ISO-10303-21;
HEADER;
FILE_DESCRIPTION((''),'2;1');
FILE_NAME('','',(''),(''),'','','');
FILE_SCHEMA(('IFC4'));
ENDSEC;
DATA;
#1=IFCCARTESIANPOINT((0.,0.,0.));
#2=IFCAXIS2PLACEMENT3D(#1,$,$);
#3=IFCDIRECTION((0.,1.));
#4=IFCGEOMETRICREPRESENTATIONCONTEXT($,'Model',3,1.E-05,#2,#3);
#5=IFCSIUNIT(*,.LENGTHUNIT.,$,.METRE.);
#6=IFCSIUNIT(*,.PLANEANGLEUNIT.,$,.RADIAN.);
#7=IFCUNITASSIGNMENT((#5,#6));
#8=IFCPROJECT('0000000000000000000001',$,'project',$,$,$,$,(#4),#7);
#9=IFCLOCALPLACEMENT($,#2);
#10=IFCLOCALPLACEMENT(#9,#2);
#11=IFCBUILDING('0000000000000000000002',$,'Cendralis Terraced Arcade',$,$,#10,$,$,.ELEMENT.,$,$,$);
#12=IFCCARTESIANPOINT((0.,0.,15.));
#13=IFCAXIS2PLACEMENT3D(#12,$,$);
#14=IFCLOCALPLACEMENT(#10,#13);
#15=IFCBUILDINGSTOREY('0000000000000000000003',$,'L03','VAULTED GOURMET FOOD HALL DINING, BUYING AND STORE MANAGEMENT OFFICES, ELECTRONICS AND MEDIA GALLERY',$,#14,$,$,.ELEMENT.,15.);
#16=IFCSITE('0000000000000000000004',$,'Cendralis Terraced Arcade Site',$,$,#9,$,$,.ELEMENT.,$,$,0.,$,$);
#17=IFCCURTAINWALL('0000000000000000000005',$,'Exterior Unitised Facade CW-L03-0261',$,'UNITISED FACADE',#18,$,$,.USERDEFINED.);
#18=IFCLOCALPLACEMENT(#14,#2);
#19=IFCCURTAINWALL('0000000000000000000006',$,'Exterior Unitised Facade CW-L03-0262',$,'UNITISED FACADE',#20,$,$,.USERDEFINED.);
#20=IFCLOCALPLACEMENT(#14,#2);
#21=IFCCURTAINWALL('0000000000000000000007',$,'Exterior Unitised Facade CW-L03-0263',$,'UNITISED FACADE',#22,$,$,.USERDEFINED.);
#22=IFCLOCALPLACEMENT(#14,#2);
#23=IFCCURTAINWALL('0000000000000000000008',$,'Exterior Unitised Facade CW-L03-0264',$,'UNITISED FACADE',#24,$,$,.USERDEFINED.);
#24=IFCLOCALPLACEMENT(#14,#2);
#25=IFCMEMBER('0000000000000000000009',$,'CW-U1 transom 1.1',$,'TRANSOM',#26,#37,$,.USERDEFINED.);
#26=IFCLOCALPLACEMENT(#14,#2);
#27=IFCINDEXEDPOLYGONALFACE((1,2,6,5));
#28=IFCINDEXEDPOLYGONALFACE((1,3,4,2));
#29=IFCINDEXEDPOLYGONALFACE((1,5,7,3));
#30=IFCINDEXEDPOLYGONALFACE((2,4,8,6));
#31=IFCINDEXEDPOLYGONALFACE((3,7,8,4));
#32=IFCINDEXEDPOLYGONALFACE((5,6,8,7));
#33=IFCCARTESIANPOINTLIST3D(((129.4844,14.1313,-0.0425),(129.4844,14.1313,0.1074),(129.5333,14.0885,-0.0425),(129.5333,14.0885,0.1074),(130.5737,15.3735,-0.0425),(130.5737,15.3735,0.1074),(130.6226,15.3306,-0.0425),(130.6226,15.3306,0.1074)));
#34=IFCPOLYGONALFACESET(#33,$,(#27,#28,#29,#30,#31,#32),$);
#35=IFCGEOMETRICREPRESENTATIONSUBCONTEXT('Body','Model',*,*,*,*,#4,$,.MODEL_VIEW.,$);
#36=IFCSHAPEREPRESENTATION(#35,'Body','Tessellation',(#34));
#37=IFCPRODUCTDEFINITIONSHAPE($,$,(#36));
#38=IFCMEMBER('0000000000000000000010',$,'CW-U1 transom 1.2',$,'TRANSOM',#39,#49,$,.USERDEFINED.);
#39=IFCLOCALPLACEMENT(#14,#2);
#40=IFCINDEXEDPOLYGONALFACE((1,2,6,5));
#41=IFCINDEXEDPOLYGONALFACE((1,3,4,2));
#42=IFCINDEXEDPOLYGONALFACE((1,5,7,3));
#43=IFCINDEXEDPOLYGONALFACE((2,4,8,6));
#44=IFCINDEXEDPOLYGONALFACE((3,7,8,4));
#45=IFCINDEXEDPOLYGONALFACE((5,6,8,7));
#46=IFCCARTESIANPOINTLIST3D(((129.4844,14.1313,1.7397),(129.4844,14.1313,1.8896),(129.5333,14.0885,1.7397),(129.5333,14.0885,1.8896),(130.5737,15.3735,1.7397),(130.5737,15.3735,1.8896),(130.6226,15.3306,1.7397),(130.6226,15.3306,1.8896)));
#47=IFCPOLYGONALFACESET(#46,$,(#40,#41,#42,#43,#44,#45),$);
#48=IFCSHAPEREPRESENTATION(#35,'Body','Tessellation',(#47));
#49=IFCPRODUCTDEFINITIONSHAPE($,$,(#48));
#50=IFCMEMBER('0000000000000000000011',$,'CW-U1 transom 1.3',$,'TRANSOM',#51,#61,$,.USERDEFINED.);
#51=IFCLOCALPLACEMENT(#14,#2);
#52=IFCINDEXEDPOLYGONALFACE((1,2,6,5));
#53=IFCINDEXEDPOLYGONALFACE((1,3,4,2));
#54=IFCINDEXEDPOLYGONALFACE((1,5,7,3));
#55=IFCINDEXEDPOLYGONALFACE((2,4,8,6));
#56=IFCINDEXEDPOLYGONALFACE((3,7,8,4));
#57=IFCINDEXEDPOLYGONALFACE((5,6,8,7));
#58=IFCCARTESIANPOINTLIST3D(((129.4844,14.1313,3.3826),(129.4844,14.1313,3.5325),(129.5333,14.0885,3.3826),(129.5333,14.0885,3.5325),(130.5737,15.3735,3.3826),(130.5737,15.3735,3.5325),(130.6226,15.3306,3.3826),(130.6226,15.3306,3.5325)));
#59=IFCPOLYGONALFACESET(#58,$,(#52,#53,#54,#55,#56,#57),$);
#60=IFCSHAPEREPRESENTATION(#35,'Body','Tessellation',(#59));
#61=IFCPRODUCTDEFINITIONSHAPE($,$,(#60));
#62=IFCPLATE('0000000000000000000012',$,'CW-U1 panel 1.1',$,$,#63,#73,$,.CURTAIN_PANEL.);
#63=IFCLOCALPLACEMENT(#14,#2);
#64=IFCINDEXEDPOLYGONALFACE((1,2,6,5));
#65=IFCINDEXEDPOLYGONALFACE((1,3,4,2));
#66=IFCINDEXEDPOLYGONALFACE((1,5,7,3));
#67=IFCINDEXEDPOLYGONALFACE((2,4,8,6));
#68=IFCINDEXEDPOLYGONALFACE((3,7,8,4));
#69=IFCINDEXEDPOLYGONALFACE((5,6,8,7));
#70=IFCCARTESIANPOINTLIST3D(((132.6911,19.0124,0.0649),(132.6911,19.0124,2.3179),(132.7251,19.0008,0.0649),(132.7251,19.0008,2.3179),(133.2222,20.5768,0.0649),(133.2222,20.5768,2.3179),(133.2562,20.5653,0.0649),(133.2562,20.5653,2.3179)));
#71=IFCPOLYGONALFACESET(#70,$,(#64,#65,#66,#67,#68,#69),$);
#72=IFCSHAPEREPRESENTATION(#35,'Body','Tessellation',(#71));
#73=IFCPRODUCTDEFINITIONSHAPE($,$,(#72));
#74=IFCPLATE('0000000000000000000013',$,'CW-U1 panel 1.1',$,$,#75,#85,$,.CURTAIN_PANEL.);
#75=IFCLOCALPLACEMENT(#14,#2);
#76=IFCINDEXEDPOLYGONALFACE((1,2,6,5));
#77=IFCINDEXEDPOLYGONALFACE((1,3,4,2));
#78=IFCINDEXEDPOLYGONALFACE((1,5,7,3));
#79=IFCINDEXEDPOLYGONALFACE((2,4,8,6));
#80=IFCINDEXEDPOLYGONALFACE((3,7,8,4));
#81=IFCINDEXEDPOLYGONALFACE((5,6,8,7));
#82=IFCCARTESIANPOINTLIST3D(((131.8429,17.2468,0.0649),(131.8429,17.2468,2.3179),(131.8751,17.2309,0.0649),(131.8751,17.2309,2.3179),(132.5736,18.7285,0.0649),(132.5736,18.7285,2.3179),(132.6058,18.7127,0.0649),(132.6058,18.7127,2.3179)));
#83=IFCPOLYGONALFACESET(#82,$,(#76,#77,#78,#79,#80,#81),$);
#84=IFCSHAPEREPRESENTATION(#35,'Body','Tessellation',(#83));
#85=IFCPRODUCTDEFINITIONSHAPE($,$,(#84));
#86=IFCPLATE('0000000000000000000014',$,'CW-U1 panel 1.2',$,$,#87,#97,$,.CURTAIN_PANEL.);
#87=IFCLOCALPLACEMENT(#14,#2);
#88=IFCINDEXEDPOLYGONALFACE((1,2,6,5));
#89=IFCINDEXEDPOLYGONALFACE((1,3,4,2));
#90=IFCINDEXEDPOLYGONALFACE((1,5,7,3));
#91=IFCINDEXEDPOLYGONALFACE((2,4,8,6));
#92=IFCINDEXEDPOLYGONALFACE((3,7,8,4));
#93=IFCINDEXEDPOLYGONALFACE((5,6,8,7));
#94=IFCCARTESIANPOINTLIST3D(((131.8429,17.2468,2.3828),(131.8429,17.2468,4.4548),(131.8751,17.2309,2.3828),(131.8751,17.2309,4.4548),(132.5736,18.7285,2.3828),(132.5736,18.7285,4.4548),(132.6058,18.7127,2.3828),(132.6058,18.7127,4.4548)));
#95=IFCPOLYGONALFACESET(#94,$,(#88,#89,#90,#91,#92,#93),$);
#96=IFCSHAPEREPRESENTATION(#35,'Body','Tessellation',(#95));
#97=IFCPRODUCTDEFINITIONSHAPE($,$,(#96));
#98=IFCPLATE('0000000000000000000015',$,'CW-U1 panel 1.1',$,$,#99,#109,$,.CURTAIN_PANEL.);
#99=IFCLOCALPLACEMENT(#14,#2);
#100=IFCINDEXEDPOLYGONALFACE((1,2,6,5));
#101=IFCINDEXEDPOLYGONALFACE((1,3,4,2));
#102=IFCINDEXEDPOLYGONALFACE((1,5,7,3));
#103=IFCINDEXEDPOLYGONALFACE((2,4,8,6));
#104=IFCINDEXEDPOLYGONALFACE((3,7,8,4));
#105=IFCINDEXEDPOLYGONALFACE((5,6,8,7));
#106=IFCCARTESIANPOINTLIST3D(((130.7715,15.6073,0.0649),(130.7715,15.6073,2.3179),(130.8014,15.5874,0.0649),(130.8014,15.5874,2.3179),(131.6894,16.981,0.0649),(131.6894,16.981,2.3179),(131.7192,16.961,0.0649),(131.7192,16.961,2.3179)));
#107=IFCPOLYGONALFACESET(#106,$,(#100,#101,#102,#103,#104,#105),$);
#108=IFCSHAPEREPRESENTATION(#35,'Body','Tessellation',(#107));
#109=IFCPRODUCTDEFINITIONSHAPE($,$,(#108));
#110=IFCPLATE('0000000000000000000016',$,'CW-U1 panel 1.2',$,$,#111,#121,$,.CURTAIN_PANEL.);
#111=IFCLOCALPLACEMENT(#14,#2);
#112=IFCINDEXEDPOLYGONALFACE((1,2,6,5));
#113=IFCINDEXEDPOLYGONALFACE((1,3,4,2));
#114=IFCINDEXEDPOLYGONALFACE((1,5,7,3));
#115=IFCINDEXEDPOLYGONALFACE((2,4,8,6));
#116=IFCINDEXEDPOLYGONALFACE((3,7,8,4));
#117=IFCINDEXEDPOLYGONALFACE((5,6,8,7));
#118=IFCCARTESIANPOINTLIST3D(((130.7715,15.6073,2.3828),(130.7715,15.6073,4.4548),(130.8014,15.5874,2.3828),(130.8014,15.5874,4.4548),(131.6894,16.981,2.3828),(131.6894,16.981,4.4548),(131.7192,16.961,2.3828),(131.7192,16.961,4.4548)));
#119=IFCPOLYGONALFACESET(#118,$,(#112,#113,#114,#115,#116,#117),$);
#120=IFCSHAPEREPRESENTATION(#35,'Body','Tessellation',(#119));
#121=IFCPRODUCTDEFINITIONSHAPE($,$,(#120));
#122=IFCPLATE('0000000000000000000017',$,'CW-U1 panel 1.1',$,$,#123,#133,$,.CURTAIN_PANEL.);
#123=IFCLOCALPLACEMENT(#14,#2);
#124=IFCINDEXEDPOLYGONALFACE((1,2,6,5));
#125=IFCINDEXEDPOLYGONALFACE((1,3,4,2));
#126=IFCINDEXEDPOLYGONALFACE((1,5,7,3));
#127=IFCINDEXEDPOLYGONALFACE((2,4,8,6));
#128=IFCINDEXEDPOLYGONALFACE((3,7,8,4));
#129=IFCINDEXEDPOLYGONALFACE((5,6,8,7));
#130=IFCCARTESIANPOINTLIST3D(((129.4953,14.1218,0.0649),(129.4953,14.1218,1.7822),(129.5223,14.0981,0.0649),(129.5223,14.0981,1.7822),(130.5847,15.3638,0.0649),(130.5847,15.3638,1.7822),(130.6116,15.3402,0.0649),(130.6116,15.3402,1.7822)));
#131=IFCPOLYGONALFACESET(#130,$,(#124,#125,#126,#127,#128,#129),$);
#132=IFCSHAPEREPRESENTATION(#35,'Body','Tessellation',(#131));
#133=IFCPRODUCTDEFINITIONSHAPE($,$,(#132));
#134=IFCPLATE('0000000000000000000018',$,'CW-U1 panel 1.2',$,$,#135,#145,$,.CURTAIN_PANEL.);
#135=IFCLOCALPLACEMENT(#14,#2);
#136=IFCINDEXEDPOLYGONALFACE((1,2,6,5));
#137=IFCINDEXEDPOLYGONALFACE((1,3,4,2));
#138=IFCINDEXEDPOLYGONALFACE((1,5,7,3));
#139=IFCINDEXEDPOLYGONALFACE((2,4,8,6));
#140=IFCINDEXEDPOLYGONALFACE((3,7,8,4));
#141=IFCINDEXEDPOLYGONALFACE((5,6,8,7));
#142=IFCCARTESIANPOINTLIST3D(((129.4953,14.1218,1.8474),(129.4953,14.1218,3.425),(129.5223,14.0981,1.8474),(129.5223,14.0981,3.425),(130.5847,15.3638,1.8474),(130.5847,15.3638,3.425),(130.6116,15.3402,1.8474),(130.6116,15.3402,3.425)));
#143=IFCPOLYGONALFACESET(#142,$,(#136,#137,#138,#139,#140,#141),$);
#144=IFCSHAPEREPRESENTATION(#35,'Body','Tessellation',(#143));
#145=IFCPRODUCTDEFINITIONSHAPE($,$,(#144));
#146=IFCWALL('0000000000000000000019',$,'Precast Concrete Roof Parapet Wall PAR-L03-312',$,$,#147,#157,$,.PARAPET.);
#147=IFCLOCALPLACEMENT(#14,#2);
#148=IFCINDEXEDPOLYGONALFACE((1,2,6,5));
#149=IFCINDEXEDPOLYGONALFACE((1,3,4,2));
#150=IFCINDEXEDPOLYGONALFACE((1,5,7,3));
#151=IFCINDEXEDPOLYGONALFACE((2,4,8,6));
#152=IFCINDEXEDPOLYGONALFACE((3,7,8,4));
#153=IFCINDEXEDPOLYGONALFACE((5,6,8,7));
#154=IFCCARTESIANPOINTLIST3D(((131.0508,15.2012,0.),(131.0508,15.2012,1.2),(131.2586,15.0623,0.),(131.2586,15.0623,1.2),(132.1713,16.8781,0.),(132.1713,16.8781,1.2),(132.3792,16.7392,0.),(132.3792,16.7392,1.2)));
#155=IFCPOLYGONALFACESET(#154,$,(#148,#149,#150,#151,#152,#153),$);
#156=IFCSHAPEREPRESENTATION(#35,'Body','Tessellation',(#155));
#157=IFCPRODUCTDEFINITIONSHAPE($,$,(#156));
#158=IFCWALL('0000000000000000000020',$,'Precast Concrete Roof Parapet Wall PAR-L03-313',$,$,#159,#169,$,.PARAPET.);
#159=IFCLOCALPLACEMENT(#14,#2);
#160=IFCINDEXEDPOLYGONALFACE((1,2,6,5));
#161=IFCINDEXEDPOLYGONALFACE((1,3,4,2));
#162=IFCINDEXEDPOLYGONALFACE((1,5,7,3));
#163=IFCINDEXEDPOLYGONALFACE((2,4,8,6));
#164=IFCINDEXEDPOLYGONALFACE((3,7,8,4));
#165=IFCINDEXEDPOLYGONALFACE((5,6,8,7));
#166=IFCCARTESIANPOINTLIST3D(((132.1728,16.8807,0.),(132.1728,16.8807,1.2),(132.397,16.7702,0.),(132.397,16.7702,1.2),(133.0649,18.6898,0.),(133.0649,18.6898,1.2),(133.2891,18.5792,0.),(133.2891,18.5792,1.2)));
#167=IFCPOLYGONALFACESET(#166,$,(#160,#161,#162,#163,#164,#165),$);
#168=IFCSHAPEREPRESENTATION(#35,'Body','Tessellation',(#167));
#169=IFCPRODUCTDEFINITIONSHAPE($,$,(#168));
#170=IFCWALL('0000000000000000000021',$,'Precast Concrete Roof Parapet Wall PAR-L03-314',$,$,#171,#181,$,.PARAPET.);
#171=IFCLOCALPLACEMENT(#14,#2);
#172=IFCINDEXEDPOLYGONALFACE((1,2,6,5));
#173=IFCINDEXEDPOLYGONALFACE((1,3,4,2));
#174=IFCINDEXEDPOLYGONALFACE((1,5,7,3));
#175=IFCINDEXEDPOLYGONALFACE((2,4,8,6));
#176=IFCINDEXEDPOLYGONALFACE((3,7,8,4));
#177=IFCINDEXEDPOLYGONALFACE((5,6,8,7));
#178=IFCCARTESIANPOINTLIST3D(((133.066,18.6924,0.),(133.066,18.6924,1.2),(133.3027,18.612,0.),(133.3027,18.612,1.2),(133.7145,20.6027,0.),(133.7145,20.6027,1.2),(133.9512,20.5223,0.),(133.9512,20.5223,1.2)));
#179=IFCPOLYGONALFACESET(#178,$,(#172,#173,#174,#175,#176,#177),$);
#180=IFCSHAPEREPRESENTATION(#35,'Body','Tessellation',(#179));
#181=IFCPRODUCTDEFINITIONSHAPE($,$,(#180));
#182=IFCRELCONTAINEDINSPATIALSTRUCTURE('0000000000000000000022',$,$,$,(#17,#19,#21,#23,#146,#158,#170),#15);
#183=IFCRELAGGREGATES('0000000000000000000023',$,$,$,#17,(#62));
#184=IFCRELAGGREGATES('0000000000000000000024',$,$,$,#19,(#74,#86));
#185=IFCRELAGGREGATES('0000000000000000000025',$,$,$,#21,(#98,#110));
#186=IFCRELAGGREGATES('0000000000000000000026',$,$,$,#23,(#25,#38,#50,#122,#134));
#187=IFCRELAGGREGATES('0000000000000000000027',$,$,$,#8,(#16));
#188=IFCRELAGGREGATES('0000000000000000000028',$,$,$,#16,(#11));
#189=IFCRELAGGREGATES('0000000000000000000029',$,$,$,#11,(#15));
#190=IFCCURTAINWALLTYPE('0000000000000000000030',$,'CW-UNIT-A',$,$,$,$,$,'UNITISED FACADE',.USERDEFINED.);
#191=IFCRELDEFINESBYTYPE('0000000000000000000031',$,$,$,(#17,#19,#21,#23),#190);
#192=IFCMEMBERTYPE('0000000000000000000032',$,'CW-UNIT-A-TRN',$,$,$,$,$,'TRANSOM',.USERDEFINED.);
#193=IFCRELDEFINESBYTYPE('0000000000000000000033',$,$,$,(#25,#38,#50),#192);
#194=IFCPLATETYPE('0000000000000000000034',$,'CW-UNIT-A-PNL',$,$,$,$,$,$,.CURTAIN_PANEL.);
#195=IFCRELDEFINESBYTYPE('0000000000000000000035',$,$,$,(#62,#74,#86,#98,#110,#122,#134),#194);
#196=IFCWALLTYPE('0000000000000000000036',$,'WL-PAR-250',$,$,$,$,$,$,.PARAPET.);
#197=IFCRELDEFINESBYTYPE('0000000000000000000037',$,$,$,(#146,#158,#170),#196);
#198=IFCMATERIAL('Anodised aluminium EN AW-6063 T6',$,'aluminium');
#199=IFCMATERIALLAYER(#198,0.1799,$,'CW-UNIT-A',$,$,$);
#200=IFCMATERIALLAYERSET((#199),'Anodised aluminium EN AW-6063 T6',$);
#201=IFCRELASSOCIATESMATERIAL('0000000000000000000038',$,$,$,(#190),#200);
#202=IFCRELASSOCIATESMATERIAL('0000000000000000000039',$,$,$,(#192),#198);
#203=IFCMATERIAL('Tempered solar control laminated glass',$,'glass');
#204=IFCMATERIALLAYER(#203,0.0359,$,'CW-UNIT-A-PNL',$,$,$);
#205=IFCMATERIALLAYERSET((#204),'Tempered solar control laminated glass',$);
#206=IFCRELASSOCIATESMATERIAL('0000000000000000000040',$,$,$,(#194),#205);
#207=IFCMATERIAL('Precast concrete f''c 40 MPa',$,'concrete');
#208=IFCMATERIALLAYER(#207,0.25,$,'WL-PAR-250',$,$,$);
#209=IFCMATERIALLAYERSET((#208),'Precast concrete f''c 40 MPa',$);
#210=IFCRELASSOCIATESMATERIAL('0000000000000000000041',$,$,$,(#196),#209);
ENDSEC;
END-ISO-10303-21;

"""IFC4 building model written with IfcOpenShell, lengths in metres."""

from ifc_helpers import new_model, si_unit, direction, frame, frame_2d, origin, origin_2d, place, context, subcontext, project, spatial, rectangle, extrude, material, layer, layer_set, material_profile, profile_set, type_object, element, aggregate, save


model = new_model("IFC4")

# Units and contexts
model_context = context("Model", 3, precision=1e-05, world=origin(), true_north=direction((0.0, 1.0)))
body_context = subcontext(model_context, "Body", "Model", "MODEL_VIEW")
ifc_project = project(units=[si_unit("LENGTHUNIT", "METRE"), si_unit("PLANEANGLEUNIT", "RADIAN")], contexts=[model_context])

# Site, building, storey
site_placement = place(None, origin())
site = spatial("IfcSite", under=ifc_project, at=site_placement, Name="Cendralis Terraced Arcade Site", CompositionType="ELEMENT", RefElevation=0.0)
building_placement = place(site_placement, origin())
building = spatial("IfcBuilding", under=site, at=building_placement, Name="Cendralis Terraced Arcade", CompositionType="ELEMENT")
storey_placement = place(building_placement, frame((0.0, 0.0, 15.0)))
storey = spatial("IfcBuildingStorey", under=building, at=storey_placement, Name="L03", Description="VAULTED GOURMET FOOD HALL DINING, BUYING AND STORE MANAGEMENT OFFICES, ELECTRONICS AND MEDIA GALLERY", CompositionType="ELEMENT", Elevation=15.0)

# Curtain wall
ifc_material_1 = material(Name="Anodised aluminium EN AW-6063 T6", Category="aluminium")
ifc_layer_1 = layer(ifc_material_1, 0.1799, Name="CW-UNIT-A")
ifc_layer_set_1 = layer_set([ifc_layer_1], Name="Anodised aluminium EN AW-6063 T6")
curtain_wall_type = type_object("IfcCurtainWallType", Name="CW-UNIT-A", ElementType="UNITISED FACADE", PredefinedType="USERDEFINED", material=ifc_layer_set_1)
curtain_wall_1_placement = place(storey_placement, origin())
curtain_wall_1 = element("IfcCurtainWall", 1, at=curtain_wall_1_placement, inside=storey, type_object=curtain_wall_type, Name="Exterior Unitised Facade CW-L03-0261", ObjectType="UNITISED FACADE", PredefinedType="USERDEFINED")

# Curtain walls
curtain_wall_2_placement = place(storey_placement, origin())
curtain_wall_2 = element("IfcCurtainWall", 2, at=curtain_wall_2_placement, inside=storey, type_object=curtain_wall_type, Name="Exterior Unitised Facade CW-L03-0262", ObjectType="UNITISED FACADE", PredefinedType="USERDEFINED")
curtain_wall_3_placement = place(storey_placement, origin())
curtain_wall_3 = element("IfcCurtainWall", 3, at=curtain_wall_3_placement, inside=storey, type_object=curtain_wall_type, Name="Exterior Unitised Facade CW-L03-0263", ObjectType="UNITISED FACADE", PredefinedType="USERDEFINED")
curtain_wall_4_placement = place(storey_placement, origin())
curtain_wall_4 = element("IfcCurtainWall", 4, at=curtain_wall_4_placement, inside=storey, type_object=curtain_wall_type, Name="Exterior Unitised Facade CW-L03-0264", ObjectType="UNITISED FACADE", PredefinedType="USERDEFINED")

# Members
ifc_material_profile_1 = material_profile(ifc_material_1, rectangle(XDim=0.0649, YDim=0.1499, at=origin_2d()), Name="ALU-TRN-65x150")
ifc_profile_set_1 = profile_set([ifc_material_profile_1], Name="Anodised aluminium EN AW-6063 T6")
member_type_1 = type_object("IfcMemberType", Name="CW-UNIT-A-TRN", ElementType="TRANSOM", PredefinedType="USERDEFINED", material=ifc_profile_set_1)
member_1_placement = place(storey_placement, frame((130.5981, 15.3521, 0.0325), z_axis=(-0.659341, -0.751844, 0.0), x_axis=(0.751844, -0.659341, 0.0)))
member_1 = element("IfcMember", 5, at=member_1_placement, type_object=member_type_1, Name="CW-U1 transom 1.1", ObjectType="TRANSOM", PredefinedType="USERDEFINED", context=body_context, shape_type="SweptSolid", body=[
    extrude(rectangle(XDim=0.0649, YDim=0.1499, at=origin_2d()), origin(), (0.0, 0.0, 1.0), 1.6521),
])
member_2_placement = place(storey_placement, frame((130.5981, 15.3521, 1.8147), z_axis=(-0.659341, -0.751844, 0.0), x_axis=(0.751844, -0.659341, 0.0)))
member_2 = element("IfcMember", 6, at=member_2_placement, type_object=member_type_1, Name="CW-U1 transom 1.2", ObjectType="TRANSOM", PredefinedType="USERDEFINED", context=body_context, shape_type="SweptSolid", body=[
    extrude(rectangle(XDim=0.0649, YDim=0.1499, at=origin_2d()), origin(), (0.0, 0.0, 1.0), 1.6521),
])
member_3_placement = place(storey_placement, frame((130.5981, 15.3521, 3.4575), z_axis=(-0.659341, -0.751844, 0.0), x_axis=(0.751844, -0.659341, 0.0)))
member_3 = element("IfcMember", 7, at=member_3_placement, type_object=member_type_1, Name="CW-U1 transom 1.3", ObjectType="TRANSOM", PredefinedType="USERDEFINED", context=body_context, shape_type="SweptSolid", body=[
    extrude(rectangle(XDim=0.0649, YDim=0.1499, at=origin_2d()), origin(), (0.0, 0.0, 1.0), 1.6521),
])

# Plates
ifc_material_2 = material(Name="Tempered solar control laminated glass", Category="glass")
ifc_layer_2 = layer(ifc_material_2, 0.0359, Name="CW-UNIT-A-PNL")
ifc_layer_set_2 = layer_set([ifc_layer_2], Name="Tempered solar control laminated glass")
plate_type = type_object("IfcPlateType", Name="CW-UNIT-A-PNL", PredefinedType="CURTAIN_PANEL", material=ifc_layer_set_2)
plate_1_placement = place(storey_placement, frame((132.9736, 19.7888, 0.0649), z_axis=(0.0, 0.0, 1.0), x_axis=(-0.321458, -0.946924, 0.0)))
plate_1 = element("IfcPlate", 8, at=plate_1_placement, type_object=plate_type, Name="CW-U1 panel 1.1", PredefinedType="CURTAIN_PANEL", context=body_context, shape_type="SweptSolid", body=[
    extrude(rectangle(XDim=1.6521, YDim=0.0359, at=origin_2d()), origin(), (0.0, 0.0, 1.0), 2.2529),
])
aggregate(curtain_wall_1, [plate_1])
plate_2_placement = place(storey_placement, frame((132.2244, 17.9797, 0.0649), z_axis=(0.0, 0.0, 1.0), x_axis=(-0.442291, -0.896871, 0.0)))
plate_2 = element("IfcPlate", 9, at=plate_2_placement, type_object=plate_type, Name="CW-U1 panel 1.1", PredefinedType="CURTAIN_PANEL", context=body_context, shape_type="SweptSolid", body=[
    extrude(rectangle(XDim=1.6521, YDim=0.0359, at=origin_2d()), origin(), (0.0, 0.0, 1.0), 2.2529),
])
plate_3_placement = place(storey_placement, frame((132.2244, 17.9797, 2.3828), z_axis=(0.0, 0.0, 1.0), x_axis=(-0.442291, -0.896871, 0.0)))
plate_3 = element("IfcPlate", 10, at=plate_3_placement, type_object=plate_type, Name="CW-U1 panel 1.2", PredefinedType="CURTAIN_PANEL", context=body_context, shape_type="SweptSolid", body=[
    extrude(rectangle(XDim=1.6521, YDim=0.0359, at=origin_2d()), origin(), (0.0, 0.0, 1.0), 2.072),
])
aggregate(curtain_wall_2, [plate_2, plate_3])
plate_4_placement = place(storey_placement, frame((131.2454, 16.2842, 0.0649), z_axis=(0.0, 0.0, 1.0), x_axis=(-0.555567, -0.831471, 0.0)))
plate_4 = element("IfcPlate", 11, at=plate_4_placement, type_object=plate_type, Name="CW-U1 panel 1.1", PredefinedType="CURTAIN_PANEL", context=body_context, shape_type="SweptSolid", body=[
    extrude(rectangle(XDim=1.6521, YDim=0.0359, at=origin_2d()), origin(), (0.0, 0.0, 1.0), 2.2529),
])
plate_5_placement = place(storey_placement, frame((131.2454, 16.2842, 2.3828), z_axis=(0.0, 0.0, 1.0), x_axis=(-0.555567, -0.831471, 0.0)))
plate_5 = element("IfcPlate", 12, at=plate_5_placement, type_object=plate_type, Name="CW-U1 panel 1.2", PredefinedType="CURTAIN_PANEL", context=body_context, shape_type="SweptSolid", body=[
    extrude(rectangle(XDim=1.6521, YDim=0.0359, at=origin_2d()), origin(), (0.0, 0.0, 1.0), 2.072),
])
aggregate(curtain_wall_3, [plate_4, plate_5])
plate_6_placement = place(storey_placement, frame((130.0535, 14.731, 0.0649), z_axis=(0.0, 0.0, 1.0), x_axis=(-0.659386, -0.751804, 0.0)))
plate_6 = element("IfcPlate", 13, at=plate_6_placement, type_object=plate_type, Name="CW-U1 panel 1.1", PredefinedType="CURTAIN_PANEL", context=body_context, shape_type="SweptSolid", body=[
    extrude(rectangle(XDim=1.6521, YDim=0.0359, at=origin_2d()), origin(), (0.0, 0.0, 1.0), 1.7173),
])
plate_7_placement = place(storey_placement, frame((130.0535, 14.731, 1.8474), z_axis=(0.0, 0.0, 1.0), x_axis=(-0.659386, -0.751804, 0.0)))
plate_7 = element("IfcPlate", 14, at=plate_7_placement, type_object=plate_type, Name="CW-U1 panel 1.2", PredefinedType="CURTAIN_PANEL", context=body_context, shape_type="SweptSolid", body=[
    extrude(rectangle(XDim=1.6521, YDim=0.0359, at=origin_2d()), origin(), (0.0, 0.0, 1.0), 1.5776),
])
aggregate(curtain_wall_4, [member_1, member_2, member_3, plate_6, plate_7])

# Walls
ifc_material_3 = material(Name="Precast concrete f'c 40 MPa", Category="concrete")
ifc_layer_3 = layer(ifc_material_3, 0.25, Name="WL-PAR-250")
ifc_layer_set_3 = layer_set([ifc_layer_3], Name="Precast concrete f'c 40 MPa")
wall_type_1 = type_object("IfcWallType", Name="WL-PAR-250", PredefinedType="PARAPET", material=ifc_layer_set_3)
wall_1_placement = place(storey_placement, frame((131.1548, 15.1318, 0.0), z_axis=(0.0, 0.0, 1.0), x_axis=(0.555594, 0.831454, 0.0)))
element("IfcWall", 15, at=wall_1_placement, inside=storey, type_object=wall_type_1, Name="Precast Concrete Roof Parapet Wall PAR-L03-312", PredefinedType="PARAPET", context=body_context, shape_type="SweptSolid", body=[
    extrude(rectangle(XDim=2.0168, YDim=0.25, at=frame_2d((1.0083, 0.0))), origin(), (0.0, 0.0, 1.0), 1.2),
])
wall_2_placement = place(storey_placement, frame((132.2849, 16.8254, 0.0), z_axis=(0.0, 0.0, 1.0), x_axis=(0.442268, 0.896883, 0.0)))
element("IfcWall", 16, at=wall_2_placement, inside=storey, type_object=wall_type_1, Name="Precast Concrete Roof Parapet Wall PAR-L03-313", PredefinedType="PARAPET", context=body_context, shape_type="SweptSolid", body=[
    extrude(rectangle(XDim=2.0171, YDim=0.25, at=frame_2d((1.0085, 0.0))), origin(), (0.0, 0.0, 1.0), 1.2),
])
wall_3_placement = place(storey_placement, frame((133.1843, 18.6521, 0.0), z_axis=(0.0, 0.0, 1.0), x_axis=(0.321451, 0.946926, 0.0)))
element("IfcWall", 17, at=wall_3_placement, inside=storey, type_object=wall_type_1, Name="Precast Concrete Roof Parapet Wall PAR-L03-314", PredefinedType="PARAPET", context=body_context, shape_type="SweptSolid", body=[
    extrude(rectangle(XDim=2.0173, YDim=0.25, at=frame_2d((1.0088, 0.0))), origin(), (0.0, 0.0, 1.0), 1.2),
])

save(model, "model.ifc")
